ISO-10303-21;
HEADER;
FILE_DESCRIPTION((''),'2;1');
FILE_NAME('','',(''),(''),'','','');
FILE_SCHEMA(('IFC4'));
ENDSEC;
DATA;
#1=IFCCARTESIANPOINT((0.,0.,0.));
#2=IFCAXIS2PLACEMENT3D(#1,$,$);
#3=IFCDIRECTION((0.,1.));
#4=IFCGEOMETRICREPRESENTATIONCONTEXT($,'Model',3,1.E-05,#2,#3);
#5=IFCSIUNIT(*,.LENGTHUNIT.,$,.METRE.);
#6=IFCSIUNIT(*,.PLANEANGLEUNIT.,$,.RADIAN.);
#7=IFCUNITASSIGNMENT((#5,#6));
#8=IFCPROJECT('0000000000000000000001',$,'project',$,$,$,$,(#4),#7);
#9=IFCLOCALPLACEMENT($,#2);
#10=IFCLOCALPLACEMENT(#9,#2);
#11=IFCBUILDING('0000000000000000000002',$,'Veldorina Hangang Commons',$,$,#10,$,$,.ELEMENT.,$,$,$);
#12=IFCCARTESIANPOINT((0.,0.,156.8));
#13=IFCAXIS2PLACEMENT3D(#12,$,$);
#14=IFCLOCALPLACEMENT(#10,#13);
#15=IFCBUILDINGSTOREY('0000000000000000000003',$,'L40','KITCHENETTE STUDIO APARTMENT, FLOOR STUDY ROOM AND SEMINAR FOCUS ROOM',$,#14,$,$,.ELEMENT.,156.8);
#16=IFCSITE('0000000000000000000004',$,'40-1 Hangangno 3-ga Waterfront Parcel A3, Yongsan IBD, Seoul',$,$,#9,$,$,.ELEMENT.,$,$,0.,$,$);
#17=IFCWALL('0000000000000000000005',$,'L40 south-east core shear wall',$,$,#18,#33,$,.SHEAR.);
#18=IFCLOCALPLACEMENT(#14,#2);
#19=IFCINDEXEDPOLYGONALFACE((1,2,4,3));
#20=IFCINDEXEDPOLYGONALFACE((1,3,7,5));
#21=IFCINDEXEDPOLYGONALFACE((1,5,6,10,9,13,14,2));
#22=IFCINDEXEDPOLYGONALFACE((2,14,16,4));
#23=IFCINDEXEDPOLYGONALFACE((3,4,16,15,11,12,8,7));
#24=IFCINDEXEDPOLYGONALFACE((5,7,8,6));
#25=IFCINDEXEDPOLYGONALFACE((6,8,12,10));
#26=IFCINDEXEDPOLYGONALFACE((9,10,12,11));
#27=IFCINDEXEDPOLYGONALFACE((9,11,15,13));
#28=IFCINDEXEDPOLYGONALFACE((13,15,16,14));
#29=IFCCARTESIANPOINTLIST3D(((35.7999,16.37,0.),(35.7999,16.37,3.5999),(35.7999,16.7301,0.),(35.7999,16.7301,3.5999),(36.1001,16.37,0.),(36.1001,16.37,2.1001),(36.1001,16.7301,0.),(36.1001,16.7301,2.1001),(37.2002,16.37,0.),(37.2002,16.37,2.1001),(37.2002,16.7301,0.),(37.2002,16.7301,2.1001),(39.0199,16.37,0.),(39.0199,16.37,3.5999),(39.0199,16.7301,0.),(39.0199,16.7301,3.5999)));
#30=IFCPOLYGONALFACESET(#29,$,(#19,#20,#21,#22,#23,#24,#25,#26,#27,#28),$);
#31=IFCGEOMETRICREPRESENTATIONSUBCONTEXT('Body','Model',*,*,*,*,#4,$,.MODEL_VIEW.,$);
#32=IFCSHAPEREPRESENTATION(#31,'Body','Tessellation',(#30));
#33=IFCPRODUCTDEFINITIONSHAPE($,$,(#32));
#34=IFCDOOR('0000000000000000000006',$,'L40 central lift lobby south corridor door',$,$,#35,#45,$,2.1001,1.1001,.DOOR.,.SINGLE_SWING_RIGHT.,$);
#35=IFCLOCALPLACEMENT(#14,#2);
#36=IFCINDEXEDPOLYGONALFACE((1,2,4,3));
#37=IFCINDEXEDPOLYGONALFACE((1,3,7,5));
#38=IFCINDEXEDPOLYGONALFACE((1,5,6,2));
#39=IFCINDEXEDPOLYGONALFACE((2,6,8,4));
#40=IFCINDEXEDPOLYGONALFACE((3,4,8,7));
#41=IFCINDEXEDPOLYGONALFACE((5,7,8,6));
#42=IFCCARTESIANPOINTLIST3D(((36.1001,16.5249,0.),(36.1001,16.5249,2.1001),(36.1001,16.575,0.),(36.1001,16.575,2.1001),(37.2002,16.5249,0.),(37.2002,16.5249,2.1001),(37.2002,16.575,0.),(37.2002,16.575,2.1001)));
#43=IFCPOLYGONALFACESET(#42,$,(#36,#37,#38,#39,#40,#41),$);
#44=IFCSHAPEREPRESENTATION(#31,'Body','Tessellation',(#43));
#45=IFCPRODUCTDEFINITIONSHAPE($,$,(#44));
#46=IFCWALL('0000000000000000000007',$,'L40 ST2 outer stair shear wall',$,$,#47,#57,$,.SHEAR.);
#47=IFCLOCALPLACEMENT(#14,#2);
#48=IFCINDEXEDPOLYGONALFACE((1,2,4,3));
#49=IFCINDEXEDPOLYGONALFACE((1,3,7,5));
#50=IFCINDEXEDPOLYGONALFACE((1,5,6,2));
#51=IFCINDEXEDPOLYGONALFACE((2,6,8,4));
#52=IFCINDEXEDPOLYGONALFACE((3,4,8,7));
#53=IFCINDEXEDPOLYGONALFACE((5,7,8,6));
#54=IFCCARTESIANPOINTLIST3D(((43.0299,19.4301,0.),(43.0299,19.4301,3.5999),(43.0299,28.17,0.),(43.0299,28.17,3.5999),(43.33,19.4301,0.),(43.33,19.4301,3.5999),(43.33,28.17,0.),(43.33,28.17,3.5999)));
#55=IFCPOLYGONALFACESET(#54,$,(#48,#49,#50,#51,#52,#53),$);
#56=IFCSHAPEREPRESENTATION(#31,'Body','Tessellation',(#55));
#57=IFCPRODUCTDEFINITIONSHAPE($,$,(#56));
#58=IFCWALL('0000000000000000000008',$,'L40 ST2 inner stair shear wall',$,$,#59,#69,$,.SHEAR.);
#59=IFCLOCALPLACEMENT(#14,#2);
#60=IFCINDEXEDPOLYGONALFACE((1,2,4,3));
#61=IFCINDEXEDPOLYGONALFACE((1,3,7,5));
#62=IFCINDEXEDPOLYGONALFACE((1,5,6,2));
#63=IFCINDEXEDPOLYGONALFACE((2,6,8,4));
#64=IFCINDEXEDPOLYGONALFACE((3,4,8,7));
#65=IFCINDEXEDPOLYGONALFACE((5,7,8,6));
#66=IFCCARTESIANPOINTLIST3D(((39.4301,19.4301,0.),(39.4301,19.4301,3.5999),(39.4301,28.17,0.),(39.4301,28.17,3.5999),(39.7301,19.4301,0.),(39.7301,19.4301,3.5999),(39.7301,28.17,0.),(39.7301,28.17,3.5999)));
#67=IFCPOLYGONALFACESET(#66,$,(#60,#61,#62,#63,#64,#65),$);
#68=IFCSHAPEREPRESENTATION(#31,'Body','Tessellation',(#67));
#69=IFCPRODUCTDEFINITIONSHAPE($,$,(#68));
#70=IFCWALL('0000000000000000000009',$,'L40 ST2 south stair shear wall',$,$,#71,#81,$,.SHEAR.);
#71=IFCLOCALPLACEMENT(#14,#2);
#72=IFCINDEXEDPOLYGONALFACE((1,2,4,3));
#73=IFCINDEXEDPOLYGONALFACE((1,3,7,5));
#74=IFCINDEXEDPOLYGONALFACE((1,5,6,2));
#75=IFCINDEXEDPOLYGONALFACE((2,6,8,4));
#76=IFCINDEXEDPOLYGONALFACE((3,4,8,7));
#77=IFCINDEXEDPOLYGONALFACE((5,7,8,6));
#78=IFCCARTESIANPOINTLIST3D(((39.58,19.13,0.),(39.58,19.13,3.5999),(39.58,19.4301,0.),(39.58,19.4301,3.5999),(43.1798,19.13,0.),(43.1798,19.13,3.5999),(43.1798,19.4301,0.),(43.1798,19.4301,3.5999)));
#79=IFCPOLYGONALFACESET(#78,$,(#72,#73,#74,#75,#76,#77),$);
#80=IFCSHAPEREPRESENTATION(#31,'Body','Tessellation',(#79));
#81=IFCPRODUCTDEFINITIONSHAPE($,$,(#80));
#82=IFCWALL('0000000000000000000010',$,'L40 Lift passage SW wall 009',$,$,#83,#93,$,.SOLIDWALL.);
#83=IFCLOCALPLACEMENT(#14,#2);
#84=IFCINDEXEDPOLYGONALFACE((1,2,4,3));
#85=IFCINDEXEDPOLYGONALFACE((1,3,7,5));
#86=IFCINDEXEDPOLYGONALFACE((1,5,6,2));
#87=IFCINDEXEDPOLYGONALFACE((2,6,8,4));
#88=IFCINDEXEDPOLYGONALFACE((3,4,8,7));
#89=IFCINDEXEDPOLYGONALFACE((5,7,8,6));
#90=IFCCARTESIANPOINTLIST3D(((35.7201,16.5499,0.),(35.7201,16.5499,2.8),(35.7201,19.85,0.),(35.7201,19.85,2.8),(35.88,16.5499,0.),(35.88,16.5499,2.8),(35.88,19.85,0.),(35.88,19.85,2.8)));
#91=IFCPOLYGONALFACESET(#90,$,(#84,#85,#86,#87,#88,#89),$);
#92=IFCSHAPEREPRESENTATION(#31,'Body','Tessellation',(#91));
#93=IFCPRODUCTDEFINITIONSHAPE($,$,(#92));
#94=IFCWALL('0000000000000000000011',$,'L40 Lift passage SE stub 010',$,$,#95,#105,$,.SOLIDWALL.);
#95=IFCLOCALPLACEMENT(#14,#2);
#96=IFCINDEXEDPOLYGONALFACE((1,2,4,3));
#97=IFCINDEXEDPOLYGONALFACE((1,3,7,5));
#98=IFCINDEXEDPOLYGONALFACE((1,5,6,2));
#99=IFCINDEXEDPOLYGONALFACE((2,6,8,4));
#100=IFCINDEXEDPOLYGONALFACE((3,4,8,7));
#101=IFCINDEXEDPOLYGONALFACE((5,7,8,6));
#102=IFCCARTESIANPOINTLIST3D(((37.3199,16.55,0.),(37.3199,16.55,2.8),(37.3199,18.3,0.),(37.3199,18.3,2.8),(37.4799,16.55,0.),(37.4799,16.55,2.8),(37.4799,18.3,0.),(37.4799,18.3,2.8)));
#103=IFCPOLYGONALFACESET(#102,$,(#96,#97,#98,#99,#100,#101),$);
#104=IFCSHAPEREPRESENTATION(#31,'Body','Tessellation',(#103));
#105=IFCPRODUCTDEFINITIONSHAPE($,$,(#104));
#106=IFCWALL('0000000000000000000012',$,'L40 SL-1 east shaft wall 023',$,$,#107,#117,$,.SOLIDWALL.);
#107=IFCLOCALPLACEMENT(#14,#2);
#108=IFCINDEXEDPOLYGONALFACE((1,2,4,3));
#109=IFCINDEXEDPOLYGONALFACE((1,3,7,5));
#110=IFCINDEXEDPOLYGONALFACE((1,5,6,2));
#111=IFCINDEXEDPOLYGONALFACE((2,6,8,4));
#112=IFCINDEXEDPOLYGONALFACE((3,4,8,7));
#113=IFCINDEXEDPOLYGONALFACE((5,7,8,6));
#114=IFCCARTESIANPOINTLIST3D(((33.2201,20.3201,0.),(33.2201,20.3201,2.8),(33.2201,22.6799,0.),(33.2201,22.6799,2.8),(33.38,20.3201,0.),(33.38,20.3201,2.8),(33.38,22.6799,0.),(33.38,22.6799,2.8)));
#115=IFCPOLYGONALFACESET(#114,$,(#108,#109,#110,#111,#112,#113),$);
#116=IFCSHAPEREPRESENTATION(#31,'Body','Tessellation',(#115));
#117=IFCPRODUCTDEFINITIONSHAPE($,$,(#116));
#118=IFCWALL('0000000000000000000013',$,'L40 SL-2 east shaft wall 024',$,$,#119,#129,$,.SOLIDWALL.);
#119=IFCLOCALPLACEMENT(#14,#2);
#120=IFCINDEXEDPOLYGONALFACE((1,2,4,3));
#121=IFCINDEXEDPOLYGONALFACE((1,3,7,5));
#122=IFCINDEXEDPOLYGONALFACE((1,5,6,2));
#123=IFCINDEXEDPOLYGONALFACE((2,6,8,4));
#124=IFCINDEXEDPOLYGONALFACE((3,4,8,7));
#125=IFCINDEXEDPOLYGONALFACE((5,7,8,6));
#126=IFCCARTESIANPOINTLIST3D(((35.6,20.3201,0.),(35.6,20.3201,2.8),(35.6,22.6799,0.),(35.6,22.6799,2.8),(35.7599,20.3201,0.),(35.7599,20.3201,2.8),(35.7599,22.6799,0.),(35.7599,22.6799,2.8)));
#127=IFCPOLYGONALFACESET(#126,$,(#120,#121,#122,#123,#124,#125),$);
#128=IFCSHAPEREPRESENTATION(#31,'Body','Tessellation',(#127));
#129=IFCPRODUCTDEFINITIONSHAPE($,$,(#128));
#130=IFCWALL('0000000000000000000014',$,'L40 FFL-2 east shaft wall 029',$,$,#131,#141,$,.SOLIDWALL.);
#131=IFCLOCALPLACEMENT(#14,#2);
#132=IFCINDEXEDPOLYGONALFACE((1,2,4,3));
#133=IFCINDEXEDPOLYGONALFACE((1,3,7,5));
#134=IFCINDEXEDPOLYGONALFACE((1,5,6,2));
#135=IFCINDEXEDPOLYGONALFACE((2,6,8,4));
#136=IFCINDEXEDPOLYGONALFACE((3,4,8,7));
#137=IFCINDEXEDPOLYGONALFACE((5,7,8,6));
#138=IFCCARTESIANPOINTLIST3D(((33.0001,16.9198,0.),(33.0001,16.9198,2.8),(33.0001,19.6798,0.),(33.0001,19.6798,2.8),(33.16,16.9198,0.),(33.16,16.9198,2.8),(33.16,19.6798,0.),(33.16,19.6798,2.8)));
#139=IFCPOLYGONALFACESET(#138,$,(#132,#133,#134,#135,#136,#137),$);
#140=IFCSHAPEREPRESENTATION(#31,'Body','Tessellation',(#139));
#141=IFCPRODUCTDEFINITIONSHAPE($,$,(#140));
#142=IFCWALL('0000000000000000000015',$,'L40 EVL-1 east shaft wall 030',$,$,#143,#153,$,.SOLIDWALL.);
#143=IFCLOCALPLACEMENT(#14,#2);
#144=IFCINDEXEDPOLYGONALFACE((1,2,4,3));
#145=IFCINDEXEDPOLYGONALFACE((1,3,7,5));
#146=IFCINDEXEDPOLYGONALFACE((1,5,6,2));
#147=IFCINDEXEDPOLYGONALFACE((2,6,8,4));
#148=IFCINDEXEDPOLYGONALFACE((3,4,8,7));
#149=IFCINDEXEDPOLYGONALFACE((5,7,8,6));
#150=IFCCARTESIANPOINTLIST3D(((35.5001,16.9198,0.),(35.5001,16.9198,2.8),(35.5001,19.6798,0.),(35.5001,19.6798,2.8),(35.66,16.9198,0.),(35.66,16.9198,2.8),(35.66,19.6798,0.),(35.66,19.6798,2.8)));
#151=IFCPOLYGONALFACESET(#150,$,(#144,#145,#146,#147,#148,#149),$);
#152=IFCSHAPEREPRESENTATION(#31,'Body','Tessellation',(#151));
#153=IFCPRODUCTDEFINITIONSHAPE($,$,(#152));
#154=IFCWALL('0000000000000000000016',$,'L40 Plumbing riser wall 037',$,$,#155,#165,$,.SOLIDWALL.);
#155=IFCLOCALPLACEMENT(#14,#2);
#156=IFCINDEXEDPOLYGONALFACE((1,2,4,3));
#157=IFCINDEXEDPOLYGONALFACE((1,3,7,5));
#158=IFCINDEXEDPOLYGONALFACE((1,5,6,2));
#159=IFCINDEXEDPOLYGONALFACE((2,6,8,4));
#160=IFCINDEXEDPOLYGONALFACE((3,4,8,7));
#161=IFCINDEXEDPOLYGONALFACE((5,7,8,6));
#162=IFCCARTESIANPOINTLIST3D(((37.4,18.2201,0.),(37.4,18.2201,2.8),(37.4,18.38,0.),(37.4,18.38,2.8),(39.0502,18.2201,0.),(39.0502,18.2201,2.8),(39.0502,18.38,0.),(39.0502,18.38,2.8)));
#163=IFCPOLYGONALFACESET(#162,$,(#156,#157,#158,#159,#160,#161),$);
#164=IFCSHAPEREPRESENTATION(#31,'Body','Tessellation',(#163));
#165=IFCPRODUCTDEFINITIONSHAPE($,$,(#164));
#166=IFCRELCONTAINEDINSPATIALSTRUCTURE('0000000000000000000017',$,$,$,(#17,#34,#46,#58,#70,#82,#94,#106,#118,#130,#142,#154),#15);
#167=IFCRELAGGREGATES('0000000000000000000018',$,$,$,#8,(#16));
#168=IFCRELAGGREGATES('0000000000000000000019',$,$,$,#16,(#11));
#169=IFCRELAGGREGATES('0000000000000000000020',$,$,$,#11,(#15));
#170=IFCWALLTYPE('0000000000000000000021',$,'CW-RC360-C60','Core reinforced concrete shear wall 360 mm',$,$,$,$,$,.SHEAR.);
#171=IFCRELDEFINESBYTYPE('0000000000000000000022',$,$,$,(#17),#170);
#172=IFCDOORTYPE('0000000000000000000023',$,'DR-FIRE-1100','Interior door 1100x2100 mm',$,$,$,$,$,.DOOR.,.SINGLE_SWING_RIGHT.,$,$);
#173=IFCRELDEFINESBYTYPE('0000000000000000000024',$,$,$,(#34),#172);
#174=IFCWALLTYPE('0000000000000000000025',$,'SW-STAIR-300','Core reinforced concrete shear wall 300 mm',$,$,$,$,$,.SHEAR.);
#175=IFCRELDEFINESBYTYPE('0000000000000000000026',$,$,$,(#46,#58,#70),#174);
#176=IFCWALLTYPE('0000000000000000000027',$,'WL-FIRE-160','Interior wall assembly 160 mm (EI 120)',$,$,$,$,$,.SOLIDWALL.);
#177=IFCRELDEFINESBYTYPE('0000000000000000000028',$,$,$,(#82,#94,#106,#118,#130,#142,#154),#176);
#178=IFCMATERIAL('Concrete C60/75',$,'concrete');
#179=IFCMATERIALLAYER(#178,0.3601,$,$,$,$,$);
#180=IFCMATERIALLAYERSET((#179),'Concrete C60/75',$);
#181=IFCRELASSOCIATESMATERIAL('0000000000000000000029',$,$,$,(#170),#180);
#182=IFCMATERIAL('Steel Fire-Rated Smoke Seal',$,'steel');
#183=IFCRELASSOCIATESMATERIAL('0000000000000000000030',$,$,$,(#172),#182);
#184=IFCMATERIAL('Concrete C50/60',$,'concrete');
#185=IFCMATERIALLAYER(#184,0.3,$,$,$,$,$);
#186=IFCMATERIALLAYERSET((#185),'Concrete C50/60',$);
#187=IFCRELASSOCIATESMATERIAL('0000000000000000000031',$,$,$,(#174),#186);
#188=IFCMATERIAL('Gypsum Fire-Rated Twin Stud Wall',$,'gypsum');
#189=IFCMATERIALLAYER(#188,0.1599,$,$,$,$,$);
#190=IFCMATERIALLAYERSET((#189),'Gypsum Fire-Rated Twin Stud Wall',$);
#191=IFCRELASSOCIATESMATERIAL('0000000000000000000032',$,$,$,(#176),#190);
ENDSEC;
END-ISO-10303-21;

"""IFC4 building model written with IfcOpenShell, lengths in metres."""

from ifc_helpers import new_model, si_unit, direction, frame, frame_2d, origin, place, context, subcontext, project, spatial, rectangle, extrude, material, layer, layer_set, type_object, element, fill, save


model = new_model("IFC4")

# Units and contexts
model_context = context("Model", 3, precision=1e-05, world=origin(), true_north=direction((0.0, 1.0)))
body_context = subcontext(model_context, "Body", "Model", "MODEL_VIEW")
ifc_project = project(units=[si_unit("LENGTHUNIT", "METRE"), si_unit("PLANEANGLEUNIT", "RADIAN")], contexts=[model_context])

# Site, building, storey
site_placement = place(None, origin())
site = spatial("IfcSite", under=ifc_project, at=site_placement, Name="40-1 Hangangno 3-ga Waterfront Parcel A3, Yongsan IBD, Seoul", CompositionType="ELEMENT", RefElevation=0.0)
building_placement = place(site_placement, origin())
building = spatial("IfcBuilding", under=site, at=building_placement, Name="Veldorina Hangang Commons", CompositionType="ELEMENT")
storey_placement = place(building_placement, frame((0.0, 0.0, 156.8)))
storey = spatial("IfcBuildingStorey", under=building, at=storey_placement, Name="L40", Description="KITCHENETTE STUDIO APARTMENT, FLOOR STUDY ROOM AND SEMINAR FOCUS ROOM", CompositionType="ELEMENT", Elevation=156.8)

# Shared definitions
ifc_material_1 = material(Name="Concrete C60/75", Category="concrete")

# Shared definitions
ifc_layer_1 = layer(ifc_material_1, 0.3601)
ifc_layer_set_1 = layer_set([ifc_layer_1], Name="Concrete C60/75")
wall_type_1 = type_object("IfcWallType", Name="CW-RC360-C60", Description="Core reinforced concrete shear wall 360 mm", PredefinedType="SHEAR", material=ifc_layer_set_1)

# Wall, opening, door
wall_1_placement = place(storey_placement, frame((35.8, 16.55, 0.0), z_axis=(0.0, 0.0, 1.0), x_axis=(1.0, 0.0, 0.0)))
wall_1 = element("IfcWall", 1, at=wall_1_placement, inside=storey, type_object=wall_type_1, Name="L40 south-east core shear wall", PredefinedType="SHEAR", context=body_context, shape_type="SweptSolid", body=[
    extrude(rectangle(XDim=3.22, YDim=0.3601, at=frame_2d((1.6099, 0.0))), origin(), (0.0, 0.0, 1.0), 3.5999),
])
opening_1_placement = place(wall_1_placement, frame((0.3, 0.0, 0.0)))
opening_1 = element("IfcOpeningElement", 2, at=opening_1_placement, cuts=wall_1, PredefinedType="OPENING", context=body_context, shape_type="SweptSolid", body=[
    extrude(rectangle(XDim=1.1001, YDim=2.1001, at=frame_2d((0.55, 1.05))), frame((0.0, 0.1899, 0.0), z_axis=(0.0, -1.0, 0.0), x_axis=(1.0, 0.0, 0.0)), (0.0, 0.0, 1.0), 0.3801),
])
ifc_material_2 = material(Name="Steel Fire-Rated Smoke Seal", Category="steel")
door_type_1 = type_object("IfcDoorType", Name="DR-FIRE-1100", Description="Interior door 1100x2100 mm", OperationType="SINGLE_SWING_RIGHT", PredefinedType="DOOR", material=ifc_material_2)
door_1_placement = place(opening_1_placement, origin())
door_1 = element("IfcDoor", 3, at=door_1_placement, inside=storey, type_object=door_type_1, Name="L40 central lift lobby south corridor door", OperationType="SINGLE_SWING_RIGHT", OverallHeight=2.1001, OverallWidth=1.1001, PredefinedType="DOOR", context=body_context, shape_type="SweptSolid", body=[
    extrude(rectangle(XDim=1.1001, YDim=2.1001, at=frame_2d((0.55, 1.05))), frame((0.0, 0.0249, 0.0), z_axis=(0.0, -1.0, 0.0), x_axis=(1.0, 0.0, 0.0)), (0.0, 0.0, 1.0), 0.05),
])
fill(opening_1, door_1)

# Walls
ifc_material_3 = material(Name="Concrete C50/60", Category="concrete")
ifc_layer_2 = layer(ifc_material_3, 0.3)
ifc_layer_set_2 = layer_set([ifc_layer_2], Name="Concrete C50/60")
wall_type_2 = type_object("IfcWallType", Name="SW-STAIR-300", Description="Core reinforced concrete shear wall 300 mm", PredefinedType="SHEAR", material=ifc_layer_set_2)
for number, where, z_axis, x_axis, name in (
    (4, (43.1799, 19.4299, 0.0), (0.0, 0.0, 1.0), (0.0, 1.0, 0.0), "L40 ST2 outer stair shear wall"),
    (5, (39.5801, 19.4299, 0.0), (0.0, 0.0, 1.0), (0.0, 1.0, 0.0), "L40 ST2 inner stair shear wall"),
):
    element("IfcWall", number, at=place(storey_placement, frame(where, z_axis=z_axis, x_axis=x_axis)), inside=storey, type_object=wall_type_2, Name=name, PredefinedType="SHEAR", context=body_context, shape_type="SweptSolid", body=[
        extrude(rectangle(XDim=8.74, YDim=0.3, at=frame_2d((4.3701, 0.0))), origin(), (0.0, 0.0, 1.0), 3.5999),
    ])
wall_2_placement = place(storey_placement, frame((39.5801, 19.28, 0.0), z_axis=(0.0, 0.0, 1.0), x_axis=(1.0, 0.0, 0.0)))
element("IfcWall", 6, at=wall_2_placement, inside=storey, type_object=wall_type_2, Name="L40 ST2 south stair shear wall", PredefinedType="SHEAR", context=body_context, shape_type="SweptSolid", body=[
    extrude(rectangle(XDim=3.5999, YDim=0.3, at=frame_2d((1.7998, 0.0))), origin(), (0.0, 0.0, 1.0), 3.5999),
])
ifc_material_4 = material(Name="Gypsum Fire-Rated Twin Stud Wall", Category="gypsum")
ifc_layer_3 = layer(ifc_material_4, 0.1599)
ifc_layer_set_3 = layer_set([ifc_layer_3], Name="Gypsum Fire-Rated Twin Stud Wall")
wall_type_3 = type_object("IfcWallType", Name="WL-FIRE-160", Description="Interior wall assembly 160 mm (EI 120)", PredefinedType="SOLIDWALL", material=ifc_layer_set_3)
wall_3_placement = place(storey_placement, frame((35.8, 16.55, 0.0), z_axis=(0.0, 0.0, 1.0), x_axis=(0.0, 1.0, 0.0)))
element("IfcWall", 7, at=wall_3_placement, inside=storey, type_object=wall_type_3, Name="L40 Lift passage SW wall 009", PredefinedType="SOLIDWALL", context=body_context, shape_type="SweptSolid", body=[
    extrude(rectangle(XDim=3.3, YDim=0.1599, at=frame_2d((1.6499, 0.0))), origin(), (0.0, 0.0, 1.0), 2.8),
])
wall_4_placement = place(storey_placement, frame((37.3999, 16.55, 0.0), z_axis=(0.0, 0.0, 1.0), x_axis=(0.0, 1.0, 0.0)))
element("IfcWall", 8, at=wall_4_placement, inside=storey, type_object=wall_type_3, Name="L40 Lift passage SE stub 010", PredefinedType="SOLIDWALL", context=body_context, shape_type="SweptSolid", body=[
    extrude(rectangle(XDim=1.75, YDim=0.1599, at=frame_2d((0.875, 0.0))), origin(), (0.0, 0.0, 1.0), 2.8),
])
for number, where, z_axis, x_axis, name in (
    (9, (33.3, 20.3201, 0.0), (0.0, 0.0, 1.0), (0.0, 1.0, 0.0), "L40 SL-1 east shaft wall 023"),
    (10, (35.6799, 20.3201, 0.0), (0.0, 0.0, 1.0), (0.0, 1.0, 0.0), "L40 SL-2 east shaft wall 024"),
):
    element("IfcWall", number, at=place(storey_placement, frame(where, z_axis=z_axis, x_axis=x_axis)), inside=storey, type_object=wall_type_3, Name=name, PredefinedType="SOLIDWALL", context=body_context, shape_type="SweptSolid", body=[
        extrude(rectangle(XDim=2.3599, YDim=0.1599, at=frame_2d((1.1799, 0.0))), origin(), (0.0, 0.0, 1.0), 2.8),
    ])
for number, where, z_axis, x_axis, name in (
    (11, (33.0801, 16.9199, 0.0), (0.0, 0.0, 1.0), (0.0, 1.0, 0.0), "L40 FFL-2 east shaft wall 029"),
    (12, (35.5801, 16.9199, 0.0), (0.0, 0.0, 1.0), (0.0, 1.0, 0.0), "L40 EVL-1 east shaft wall 030"),
):
    element("IfcWall", number, at=place(storey_placement, frame(where, z_axis=z_axis, x_axis=x_axis)), inside=storey, type_object=wall_type_3, Name=name, PredefinedType="SOLIDWALL", context=body_context, shape_type="SweptSolid", body=[
        extrude(rectangle(XDim=2.76, YDim=0.1599, at=frame_2d((1.3799, 0.0))), origin(), (0.0, 0.0, 1.0), 2.8),
    ])
wall_5_placement = place(storey_placement, frame((37.3999, 18.3, 0.0), z_axis=(0.0, 0.0, 1.0), x_axis=(1.0, 0.0, 0.0)))
element("IfcWall", 13, at=wall_5_placement, inside=storey, type_object=wall_type_3, Name="L40 Plumbing riser wall 037", PredefinedType="SOLIDWALL", context=body_context, shape_type="SweptSolid", body=[
    extrude(rectangle(XDim=1.6501, YDim=0.1599, at=frame_2d((0.8252, 0.0))), origin(), (0.0, 0.0, 1.0), 2.8),
])

save(model, "model.ifc")
